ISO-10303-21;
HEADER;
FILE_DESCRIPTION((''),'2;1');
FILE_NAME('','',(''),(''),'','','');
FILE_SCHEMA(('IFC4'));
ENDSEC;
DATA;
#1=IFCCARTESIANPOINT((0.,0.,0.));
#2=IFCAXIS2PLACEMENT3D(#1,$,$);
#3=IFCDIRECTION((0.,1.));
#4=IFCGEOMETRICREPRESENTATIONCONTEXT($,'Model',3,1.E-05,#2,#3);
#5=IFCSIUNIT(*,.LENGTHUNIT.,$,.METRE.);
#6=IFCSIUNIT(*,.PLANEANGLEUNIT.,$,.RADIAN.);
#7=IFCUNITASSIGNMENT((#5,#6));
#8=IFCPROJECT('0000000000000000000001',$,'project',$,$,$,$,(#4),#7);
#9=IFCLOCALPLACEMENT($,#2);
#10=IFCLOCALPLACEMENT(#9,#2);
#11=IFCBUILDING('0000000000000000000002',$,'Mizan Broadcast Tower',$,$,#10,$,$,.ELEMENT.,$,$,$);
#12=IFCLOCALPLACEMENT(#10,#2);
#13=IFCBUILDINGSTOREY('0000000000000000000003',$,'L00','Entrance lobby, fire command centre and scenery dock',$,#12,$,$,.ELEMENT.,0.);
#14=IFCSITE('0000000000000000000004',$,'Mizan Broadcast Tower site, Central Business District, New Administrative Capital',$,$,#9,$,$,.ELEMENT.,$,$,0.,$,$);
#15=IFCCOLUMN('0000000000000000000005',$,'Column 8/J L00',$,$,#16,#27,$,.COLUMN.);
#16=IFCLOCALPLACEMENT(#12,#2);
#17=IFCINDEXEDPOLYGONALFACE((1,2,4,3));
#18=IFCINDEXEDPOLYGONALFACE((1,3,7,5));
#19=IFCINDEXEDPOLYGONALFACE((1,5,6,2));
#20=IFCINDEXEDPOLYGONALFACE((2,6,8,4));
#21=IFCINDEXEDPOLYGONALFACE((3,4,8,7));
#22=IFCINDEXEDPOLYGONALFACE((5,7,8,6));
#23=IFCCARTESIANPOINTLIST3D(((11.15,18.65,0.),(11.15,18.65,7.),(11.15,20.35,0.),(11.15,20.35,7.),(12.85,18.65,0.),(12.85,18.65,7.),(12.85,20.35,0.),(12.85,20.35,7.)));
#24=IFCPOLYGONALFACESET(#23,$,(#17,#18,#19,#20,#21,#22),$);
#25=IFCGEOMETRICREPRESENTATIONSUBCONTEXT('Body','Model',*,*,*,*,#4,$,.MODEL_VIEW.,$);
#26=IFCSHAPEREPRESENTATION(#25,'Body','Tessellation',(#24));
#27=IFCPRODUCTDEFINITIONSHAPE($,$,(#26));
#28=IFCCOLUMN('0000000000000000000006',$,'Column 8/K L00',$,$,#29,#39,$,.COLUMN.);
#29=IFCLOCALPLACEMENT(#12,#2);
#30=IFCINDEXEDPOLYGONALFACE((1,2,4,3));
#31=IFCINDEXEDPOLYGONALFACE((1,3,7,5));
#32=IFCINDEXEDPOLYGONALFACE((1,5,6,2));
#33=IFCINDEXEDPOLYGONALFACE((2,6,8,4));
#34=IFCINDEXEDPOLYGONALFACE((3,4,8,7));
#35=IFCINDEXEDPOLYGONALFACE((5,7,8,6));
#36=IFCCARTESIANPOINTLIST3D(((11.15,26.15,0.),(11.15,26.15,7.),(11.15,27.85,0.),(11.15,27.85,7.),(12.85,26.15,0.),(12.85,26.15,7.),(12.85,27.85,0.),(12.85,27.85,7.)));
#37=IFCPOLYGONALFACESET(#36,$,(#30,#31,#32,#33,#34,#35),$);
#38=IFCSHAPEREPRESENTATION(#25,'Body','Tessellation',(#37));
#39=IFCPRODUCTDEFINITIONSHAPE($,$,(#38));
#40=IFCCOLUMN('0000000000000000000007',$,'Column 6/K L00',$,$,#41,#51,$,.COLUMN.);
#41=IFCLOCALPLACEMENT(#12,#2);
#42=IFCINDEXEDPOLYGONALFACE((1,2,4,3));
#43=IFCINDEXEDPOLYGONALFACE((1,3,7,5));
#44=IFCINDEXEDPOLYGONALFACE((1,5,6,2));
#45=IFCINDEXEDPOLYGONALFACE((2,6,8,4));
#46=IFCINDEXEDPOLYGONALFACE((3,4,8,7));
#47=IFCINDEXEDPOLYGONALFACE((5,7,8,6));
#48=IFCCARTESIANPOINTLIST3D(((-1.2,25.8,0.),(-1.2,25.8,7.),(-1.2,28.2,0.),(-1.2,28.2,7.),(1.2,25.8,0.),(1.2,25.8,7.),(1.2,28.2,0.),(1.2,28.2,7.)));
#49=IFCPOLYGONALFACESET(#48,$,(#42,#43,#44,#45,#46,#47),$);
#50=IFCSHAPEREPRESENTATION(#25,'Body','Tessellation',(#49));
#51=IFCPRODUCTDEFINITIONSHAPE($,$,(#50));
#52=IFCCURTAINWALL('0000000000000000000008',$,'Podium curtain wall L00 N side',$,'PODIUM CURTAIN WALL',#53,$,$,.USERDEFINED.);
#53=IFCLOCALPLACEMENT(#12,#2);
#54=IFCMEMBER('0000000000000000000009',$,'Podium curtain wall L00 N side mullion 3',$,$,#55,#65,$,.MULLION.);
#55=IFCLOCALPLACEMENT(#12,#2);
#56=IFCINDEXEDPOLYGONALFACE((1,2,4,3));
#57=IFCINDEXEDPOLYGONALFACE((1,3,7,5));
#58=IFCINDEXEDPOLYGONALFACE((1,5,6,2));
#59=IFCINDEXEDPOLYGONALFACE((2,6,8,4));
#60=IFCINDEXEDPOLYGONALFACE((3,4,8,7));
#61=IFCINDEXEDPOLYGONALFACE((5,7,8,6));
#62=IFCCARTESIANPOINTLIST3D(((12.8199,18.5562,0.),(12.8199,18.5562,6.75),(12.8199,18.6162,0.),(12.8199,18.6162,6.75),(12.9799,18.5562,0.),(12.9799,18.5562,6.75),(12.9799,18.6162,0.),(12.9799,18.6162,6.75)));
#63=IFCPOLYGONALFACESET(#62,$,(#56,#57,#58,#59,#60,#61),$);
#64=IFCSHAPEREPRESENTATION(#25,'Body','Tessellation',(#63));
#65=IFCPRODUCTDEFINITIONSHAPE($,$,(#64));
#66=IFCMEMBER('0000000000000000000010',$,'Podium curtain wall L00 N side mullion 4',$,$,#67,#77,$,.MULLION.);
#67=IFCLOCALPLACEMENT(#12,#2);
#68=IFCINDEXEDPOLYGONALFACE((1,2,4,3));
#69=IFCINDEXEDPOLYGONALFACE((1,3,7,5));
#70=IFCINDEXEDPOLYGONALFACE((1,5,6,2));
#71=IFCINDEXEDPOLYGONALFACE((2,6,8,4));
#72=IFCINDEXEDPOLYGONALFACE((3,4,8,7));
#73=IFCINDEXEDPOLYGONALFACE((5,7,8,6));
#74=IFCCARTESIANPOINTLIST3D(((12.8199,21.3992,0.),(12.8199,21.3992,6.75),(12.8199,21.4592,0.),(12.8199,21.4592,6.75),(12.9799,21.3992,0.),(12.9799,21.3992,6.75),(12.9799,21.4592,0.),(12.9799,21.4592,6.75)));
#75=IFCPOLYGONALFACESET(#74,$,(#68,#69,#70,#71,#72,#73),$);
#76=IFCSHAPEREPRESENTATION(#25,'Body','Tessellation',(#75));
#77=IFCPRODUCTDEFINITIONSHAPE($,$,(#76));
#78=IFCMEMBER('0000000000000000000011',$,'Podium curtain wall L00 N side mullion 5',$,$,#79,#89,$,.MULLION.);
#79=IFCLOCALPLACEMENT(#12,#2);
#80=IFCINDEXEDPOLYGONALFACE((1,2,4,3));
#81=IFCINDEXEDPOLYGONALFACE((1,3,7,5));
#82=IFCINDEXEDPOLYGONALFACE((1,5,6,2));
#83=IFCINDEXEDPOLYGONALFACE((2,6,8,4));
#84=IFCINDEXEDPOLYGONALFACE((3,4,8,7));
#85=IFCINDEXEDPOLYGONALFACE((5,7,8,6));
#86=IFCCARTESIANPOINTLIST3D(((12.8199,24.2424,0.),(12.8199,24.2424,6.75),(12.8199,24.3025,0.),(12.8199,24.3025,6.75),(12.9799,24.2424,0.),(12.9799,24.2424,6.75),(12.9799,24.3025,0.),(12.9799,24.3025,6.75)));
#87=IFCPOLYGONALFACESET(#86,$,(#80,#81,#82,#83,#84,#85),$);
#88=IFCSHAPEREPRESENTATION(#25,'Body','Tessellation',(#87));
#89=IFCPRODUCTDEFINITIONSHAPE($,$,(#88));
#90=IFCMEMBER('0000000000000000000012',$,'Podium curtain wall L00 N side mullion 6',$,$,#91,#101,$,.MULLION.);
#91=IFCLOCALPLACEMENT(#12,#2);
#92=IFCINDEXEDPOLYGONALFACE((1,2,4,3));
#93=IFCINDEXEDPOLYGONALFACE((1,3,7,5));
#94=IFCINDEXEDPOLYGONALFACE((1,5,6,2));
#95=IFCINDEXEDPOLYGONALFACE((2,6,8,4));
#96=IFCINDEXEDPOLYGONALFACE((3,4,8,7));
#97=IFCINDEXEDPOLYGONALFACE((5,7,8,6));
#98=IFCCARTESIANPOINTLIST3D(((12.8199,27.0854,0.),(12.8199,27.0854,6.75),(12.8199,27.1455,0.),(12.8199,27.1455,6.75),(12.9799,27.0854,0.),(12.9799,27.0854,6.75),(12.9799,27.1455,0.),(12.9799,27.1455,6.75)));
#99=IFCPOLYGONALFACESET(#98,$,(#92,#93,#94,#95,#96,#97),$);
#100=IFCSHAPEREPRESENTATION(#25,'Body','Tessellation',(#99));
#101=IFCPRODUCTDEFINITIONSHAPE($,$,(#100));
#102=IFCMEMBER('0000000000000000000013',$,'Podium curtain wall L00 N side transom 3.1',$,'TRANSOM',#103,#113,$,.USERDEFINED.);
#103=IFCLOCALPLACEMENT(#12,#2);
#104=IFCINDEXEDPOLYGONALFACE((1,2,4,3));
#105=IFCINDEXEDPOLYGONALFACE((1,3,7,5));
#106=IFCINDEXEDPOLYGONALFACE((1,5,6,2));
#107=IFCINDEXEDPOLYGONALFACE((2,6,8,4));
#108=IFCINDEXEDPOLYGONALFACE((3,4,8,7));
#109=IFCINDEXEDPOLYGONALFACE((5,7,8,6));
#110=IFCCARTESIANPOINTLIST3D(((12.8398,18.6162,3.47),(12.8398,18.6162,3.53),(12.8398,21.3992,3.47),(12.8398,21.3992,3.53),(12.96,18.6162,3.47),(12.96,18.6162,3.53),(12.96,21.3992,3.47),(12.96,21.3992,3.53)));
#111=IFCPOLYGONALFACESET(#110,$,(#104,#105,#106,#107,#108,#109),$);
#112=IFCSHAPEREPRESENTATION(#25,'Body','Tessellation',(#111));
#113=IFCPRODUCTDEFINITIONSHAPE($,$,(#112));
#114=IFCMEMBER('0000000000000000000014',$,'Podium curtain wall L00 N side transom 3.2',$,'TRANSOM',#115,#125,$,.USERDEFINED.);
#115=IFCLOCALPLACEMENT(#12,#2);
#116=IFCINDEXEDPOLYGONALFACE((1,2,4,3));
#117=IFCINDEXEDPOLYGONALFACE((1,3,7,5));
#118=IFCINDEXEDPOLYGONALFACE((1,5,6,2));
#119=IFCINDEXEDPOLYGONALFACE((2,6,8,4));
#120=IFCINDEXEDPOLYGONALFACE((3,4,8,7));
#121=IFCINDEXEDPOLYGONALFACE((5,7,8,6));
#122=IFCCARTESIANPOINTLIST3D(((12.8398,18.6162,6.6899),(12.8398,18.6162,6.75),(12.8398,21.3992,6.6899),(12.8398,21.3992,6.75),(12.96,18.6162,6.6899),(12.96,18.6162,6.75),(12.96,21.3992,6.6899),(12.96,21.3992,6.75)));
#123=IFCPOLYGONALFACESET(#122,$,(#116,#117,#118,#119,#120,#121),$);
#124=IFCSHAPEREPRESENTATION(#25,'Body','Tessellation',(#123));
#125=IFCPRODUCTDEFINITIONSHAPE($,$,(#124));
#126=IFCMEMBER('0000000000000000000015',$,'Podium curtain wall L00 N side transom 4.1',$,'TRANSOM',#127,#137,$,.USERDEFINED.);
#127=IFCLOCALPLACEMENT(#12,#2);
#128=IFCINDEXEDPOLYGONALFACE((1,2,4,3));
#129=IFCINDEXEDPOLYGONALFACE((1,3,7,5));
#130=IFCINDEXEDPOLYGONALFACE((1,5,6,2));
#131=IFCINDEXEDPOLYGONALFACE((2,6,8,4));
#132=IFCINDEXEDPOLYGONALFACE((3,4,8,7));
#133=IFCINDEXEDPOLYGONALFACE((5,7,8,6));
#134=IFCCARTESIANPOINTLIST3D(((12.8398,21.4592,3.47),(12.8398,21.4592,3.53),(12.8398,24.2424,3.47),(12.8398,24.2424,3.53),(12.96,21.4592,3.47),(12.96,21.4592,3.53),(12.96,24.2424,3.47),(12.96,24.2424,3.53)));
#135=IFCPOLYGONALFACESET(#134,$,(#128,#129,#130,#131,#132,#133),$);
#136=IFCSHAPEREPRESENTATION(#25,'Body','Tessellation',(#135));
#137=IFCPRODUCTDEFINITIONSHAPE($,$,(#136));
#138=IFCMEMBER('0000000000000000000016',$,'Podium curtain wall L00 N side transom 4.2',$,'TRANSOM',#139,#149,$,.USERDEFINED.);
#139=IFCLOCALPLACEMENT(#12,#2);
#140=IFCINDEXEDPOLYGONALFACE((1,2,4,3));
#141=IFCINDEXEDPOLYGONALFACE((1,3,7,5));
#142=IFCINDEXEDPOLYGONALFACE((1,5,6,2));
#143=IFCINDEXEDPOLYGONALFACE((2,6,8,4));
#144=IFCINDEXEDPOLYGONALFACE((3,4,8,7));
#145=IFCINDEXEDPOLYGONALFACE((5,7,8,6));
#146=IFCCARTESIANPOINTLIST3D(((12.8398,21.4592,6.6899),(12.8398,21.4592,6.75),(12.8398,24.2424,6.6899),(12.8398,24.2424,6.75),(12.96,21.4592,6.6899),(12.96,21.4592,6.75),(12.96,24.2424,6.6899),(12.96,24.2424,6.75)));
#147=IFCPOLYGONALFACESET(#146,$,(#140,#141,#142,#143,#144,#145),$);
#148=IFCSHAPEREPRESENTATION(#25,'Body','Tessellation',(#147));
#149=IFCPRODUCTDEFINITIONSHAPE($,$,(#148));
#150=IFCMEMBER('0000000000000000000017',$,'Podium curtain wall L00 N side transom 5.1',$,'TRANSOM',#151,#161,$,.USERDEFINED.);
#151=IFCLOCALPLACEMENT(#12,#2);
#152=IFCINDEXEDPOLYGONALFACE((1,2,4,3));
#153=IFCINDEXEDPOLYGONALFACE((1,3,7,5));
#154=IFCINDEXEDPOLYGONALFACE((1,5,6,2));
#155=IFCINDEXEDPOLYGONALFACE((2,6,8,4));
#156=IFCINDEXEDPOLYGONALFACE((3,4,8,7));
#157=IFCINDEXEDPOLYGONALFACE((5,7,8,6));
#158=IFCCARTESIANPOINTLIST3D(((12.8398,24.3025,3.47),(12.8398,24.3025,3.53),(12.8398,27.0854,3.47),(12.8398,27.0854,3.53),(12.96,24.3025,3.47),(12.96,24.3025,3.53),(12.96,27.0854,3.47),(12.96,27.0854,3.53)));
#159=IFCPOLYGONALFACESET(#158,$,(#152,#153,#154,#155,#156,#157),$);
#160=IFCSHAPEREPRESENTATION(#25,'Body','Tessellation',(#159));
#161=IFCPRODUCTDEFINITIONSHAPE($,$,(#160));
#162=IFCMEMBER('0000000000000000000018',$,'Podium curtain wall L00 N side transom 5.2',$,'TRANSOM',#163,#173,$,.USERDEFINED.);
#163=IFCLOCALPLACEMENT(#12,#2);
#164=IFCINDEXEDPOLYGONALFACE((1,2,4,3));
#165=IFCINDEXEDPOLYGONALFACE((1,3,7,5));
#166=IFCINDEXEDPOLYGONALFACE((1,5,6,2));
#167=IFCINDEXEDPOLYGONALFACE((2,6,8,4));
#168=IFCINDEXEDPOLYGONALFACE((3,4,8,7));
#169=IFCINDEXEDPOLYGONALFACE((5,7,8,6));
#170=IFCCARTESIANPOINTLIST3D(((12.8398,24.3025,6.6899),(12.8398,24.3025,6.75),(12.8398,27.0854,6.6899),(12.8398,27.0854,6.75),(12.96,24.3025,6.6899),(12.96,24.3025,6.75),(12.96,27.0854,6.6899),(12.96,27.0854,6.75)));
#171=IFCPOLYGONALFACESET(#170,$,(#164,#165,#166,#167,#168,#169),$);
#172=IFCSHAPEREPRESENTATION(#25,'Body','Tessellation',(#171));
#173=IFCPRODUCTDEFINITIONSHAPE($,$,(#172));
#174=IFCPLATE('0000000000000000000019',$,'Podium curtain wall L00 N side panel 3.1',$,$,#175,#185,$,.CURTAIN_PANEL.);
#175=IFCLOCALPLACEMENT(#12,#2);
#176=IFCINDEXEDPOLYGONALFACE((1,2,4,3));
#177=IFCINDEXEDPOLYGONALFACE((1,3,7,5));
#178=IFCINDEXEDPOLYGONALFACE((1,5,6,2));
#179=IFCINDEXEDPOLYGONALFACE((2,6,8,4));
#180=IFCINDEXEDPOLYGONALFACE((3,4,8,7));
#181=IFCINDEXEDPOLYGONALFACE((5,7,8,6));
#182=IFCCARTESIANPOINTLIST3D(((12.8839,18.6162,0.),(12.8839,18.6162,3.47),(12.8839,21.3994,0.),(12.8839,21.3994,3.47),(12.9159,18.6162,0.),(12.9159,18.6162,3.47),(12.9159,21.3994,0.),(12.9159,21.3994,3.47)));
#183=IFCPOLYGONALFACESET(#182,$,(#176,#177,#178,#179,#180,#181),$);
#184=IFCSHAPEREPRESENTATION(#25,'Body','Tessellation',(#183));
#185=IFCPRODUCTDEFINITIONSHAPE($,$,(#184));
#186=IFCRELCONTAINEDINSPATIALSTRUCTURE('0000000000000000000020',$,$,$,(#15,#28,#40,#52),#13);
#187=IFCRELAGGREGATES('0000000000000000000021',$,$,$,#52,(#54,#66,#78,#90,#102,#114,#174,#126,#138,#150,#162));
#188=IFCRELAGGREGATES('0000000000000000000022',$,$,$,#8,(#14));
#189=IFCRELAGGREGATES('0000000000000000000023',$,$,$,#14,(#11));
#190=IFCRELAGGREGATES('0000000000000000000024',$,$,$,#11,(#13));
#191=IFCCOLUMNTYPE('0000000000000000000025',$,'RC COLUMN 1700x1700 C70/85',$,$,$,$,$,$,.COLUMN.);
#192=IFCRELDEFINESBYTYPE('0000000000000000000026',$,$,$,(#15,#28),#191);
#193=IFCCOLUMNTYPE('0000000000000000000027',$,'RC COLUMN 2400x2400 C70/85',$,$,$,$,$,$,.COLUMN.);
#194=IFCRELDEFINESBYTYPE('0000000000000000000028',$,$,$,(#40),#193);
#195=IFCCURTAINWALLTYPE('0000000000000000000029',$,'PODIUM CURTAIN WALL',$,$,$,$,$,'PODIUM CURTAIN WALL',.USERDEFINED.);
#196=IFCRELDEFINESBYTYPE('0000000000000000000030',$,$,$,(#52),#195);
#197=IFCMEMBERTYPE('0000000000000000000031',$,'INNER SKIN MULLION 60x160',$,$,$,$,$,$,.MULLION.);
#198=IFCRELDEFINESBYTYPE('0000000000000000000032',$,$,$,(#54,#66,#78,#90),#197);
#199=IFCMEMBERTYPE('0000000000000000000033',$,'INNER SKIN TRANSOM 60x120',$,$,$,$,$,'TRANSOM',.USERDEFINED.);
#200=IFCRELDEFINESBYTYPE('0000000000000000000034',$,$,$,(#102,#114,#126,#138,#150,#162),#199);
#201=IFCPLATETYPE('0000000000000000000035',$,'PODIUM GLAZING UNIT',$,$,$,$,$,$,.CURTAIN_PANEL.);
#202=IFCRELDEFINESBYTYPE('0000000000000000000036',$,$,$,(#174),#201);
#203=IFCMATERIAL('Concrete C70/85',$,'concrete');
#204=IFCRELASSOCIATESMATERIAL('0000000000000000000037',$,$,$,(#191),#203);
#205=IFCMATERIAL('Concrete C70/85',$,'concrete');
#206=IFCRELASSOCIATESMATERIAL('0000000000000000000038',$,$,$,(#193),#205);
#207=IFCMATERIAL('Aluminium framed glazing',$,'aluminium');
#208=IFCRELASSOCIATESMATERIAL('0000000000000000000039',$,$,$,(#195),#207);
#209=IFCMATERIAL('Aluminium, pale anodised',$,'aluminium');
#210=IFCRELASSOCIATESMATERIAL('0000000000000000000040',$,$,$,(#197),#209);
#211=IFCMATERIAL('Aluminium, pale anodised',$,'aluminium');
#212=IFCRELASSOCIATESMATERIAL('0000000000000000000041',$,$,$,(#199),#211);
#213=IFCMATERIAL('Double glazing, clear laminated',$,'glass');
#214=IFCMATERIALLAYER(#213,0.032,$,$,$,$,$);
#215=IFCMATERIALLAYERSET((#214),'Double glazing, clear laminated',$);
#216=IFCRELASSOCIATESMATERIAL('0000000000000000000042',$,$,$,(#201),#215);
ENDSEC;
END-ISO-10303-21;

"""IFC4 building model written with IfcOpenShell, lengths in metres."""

from ifc_helpers import new_model, si_unit, direction, frame, origin, origin_2d, place, context, subcontext, project, spatial, rectangle, extrude, material, layer, layer_set, material_profile, profile_set, type_object, element, aggregate, save


model = new_model("IFC4")

# Units and contexts
model_context = context("Model", 3, precision=1e-05, world=origin(), true_north=direction((0.0, 1.0)))
body_context = subcontext(model_context, "Body", "Model", "MODEL_VIEW")
ifc_project = project(units=[si_unit("LENGTHUNIT", "METRE"), si_unit("PLANEANGLEUNIT", "RADIAN")], contexts=[model_context])

# Site, building, storey
site_placement = place(None, origin())
site = spatial("IfcSite", under=ifc_project, at=site_placement, Name="Mizan Broadcast Tower site, Central Business District, New Administrative Capital", CompositionType="ELEMENT", RefElevation=0.0)
building_placement = place(site_placement, origin())
building = spatial("IfcBuilding", under=site, at=building_placement, Name="Mizan Broadcast Tower", CompositionType="ELEMENT")
storey_placement = place(building_placement, origin())
storey = spatial("IfcBuildingStorey", under=building, at=storey_placement, Name="L00", Description="Entrance lobby, fire command centre and scenery dock", CompositionType="ELEMENT", Elevation=0.0)

# Columns
ifc_material_1 = material(Name="Concrete C70/85", Category="concrete")
ifc_material_profile_1 = material_profile(ifc_material_1, rectangle(XDim=1.7, YDim=1.7, at=origin_2d()), Name="RC 1700x1700")
ifc_profile_set_1 = profile_set([ifc_material_profile_1], Name="Concrete C70/85")
column_type_1 = type_object("IfcColumnType", Name="RC COLUMN 1700x1700 C70/85", PredefinedType="COLUMN", material=ifc_profile_set_1)
for number, where, z_axis, x_axis, name in (
    (1, (12.0, 19.5, 0.0), (0.0, 0.0, 1.0), (1.0, 0.0, 0.0), "Column 8/J L00"),
    (2, (12.0, 27.0, 0.0), (0.0, 0.0, 1.0), (1.0, 0.0, 0.0), "Column 8/K L00"),
):
    element("IfcColumn", number, at=place(storey_placement, frame(where, z_axis=z_axis, x_axis=x_axis)), inside=storey, type_object=column_type_1, Name=name, PredefinedType="COLUMN", context=body_context, shape_type="SweptSolid", body=[
        extrude(rectangle(XDim=1.7, YDim=1.7, at=origin_2d()), origin(), (0.0, 0.0, 1.0), 7.0),
    ])
ifc_material_2 = material(Name="Concrete C70/85", Category="concrete")
ifc_material_profile_2 = material_profile(ifc_material_2, rectangle(XDim=2.3999, YDim=2.3999, at=origin_2d()), Name="RC 2400x2400")
ifc_profile_set_2 = profile_set([ifc_material_profile_2], Name="Concrete C70/85")
column_type_2 = type_object("IfcColumnType", Name="RC COLUMN 2400x2400 C70/85", PredefinedType="COLUMN", material=ifc_profile_set_2)
column_placement = place(storey_placement, frame((0.0, 27.0, 0.0), z_axis=(0.0, 0.0, 1.0), x_axis=(1.0, 0.0, 0.0)))
element("IfcColumn", 3, at=column_placement, inside=storey, type_object=column_type_2, Name="Column 6/K L00", PredefinedType="COLUMN", context=body_context, shape_type="SweptSolid", body=[
    extrude(rectangle(XDim=2.3999, YDim=2.3999, at=origin_2d()), origin(), (0.0, 0.0, 1.0), 7.0),
])

# Curtain wall, members, plate
ifc_material_3 = material(Name="Aluminium framed glazing", Category="aluminium")
curtain_wall_type = type_object("IfcCurtainWallType", Name="PODIUM CURTAIN WALL", ElementType="PODIUM CURTAIN WALL", PredefinedType="USERDEFINED", material=ifc_material_3)
curtain_wall_placement = place(storey_placement, origin())
curtain_wall = element("IfcCurtainWall", 4, at=curtain_wall_placement, inside=storey, type_object=curtain_wall_type, Name="Podium curtain wall L00 N side", ObjectType="PODIUM CURTAIN WALL", PredefinedType="USERDEFINED")
ifc_material_4 = material(Name="Aluminium, pale anodised", Category="aluminium")
ifc_material_profile_3 = material_profile(ifc_material_4, rectangle(XDim=0.1599, YDim=0.0601, at=origin_2d()), Name="MULLION 160x60")
ifc_profile_set_3 = profile_set([ifc_material_profile_3], Name="Aluminium, pale anodised")
member_type_1 = type_object("IfcMemberType", Name="INNER SKIN MULLION 60x160", PredefinedType="MULLION", material=ifc_profile_set_3)
member_1_placement = place(storey_placement, frame((12.8999, 18.5862, 0.0), z_axis=(0.0, 0.0, 1.0), x_axis=(-1.0, 0.0, 0.0)))
member_1 = element("IfcMember", 5, at=member_1_placement, type_object=member_type_1, Name="Podium curtain wall L00 N side mullion 3", PredefinedType="MULLION", context=body_context, shape_type="SweptSolid", body=[
    extrude(rectangle(XDim=0.1599, YDim=0.0601, at=origin_2d()), origin(), (0.0, 0.0, 1.0), 6.75),
])
member_2_placement = place(storey_placement, frame((12.8999, 21.4292, 0.0), z_axis=(0.0, 0.0, 1.0), x_axis=(-1.0, 0.0, 0.0)))
member_2 = element("IfcMember", 6, at=member_2_placement, type_object=member_type_1, Name="Podium curtain wall L00 N side mullion 4", PredefinedType="MULLION", context=body_context, shape_type="SweptSolid", body=[
    extrude(rectangle(XDim=0.1599, YDim=0.0601, at=origin_2d()), origin(), (0.0, 0.0, 1.0), 6.75),
])
member_3_placement = place(storey_placement, frame((12.8999, 24.2725, 0.0), z_axis=(0.0, 0.0, 1.0), x_axis=(-1.0, 0.0, 0.0)))
member_3 = element("IfcMember", 7, at=member_3_placement, type_object=member_type_1, Name="Podium curtain wall L00 N side mullion 5", PredefinedType="MULLION", context=body_context, shape_type="SweptSolid", body=[
    extrude(rectangle(XDim=0.1599, YDim=0.0601, at=origin_2d()), origin(), (0.0, 0.0, 1.0), 6.75),
])
member_4_placement = place(storey_placement, frame((12.8999, 27.1155, 0.0), z_axis=(0.0, 0.0, 1.0), x_axis=(-1.0, 0.0, 0.0)))
member_4 = element("IfcMember", 8, at=member_4_placement, type_object=member_type_1, Name="Podium curtain wall L00 N side mullion 6", PredefinedType="MULLION", context=body_context, shape_type="SweptSolid", body=[
    extrude(rectangle(XDim=0.1599, YDim=0.0601, at=origin_2d()), origin(), (0.0, 0.0, 1.0), 6.75),
])
ifc_material_5 = material(Name="Aluminium, pale anodised", Category="aluminium")
ifc_material_profile_4 = material_profile(ifc_material_5, rectangle(XDim=0.1201, YDim=0.0601, at=origin_2d()), Name="TRANSOM 120x60")
ifc_profile_set_4 = profile_set([ifc_material_profile_4], Name="Aluminium, pale anodised")
member_type_2 = type_object("IfcMemberType", Name="INNER SKIN TRANSOM 60x120", ElementType="TRANSOM", PredefinedType="USERDEFINED", material=ifc_profile_set_4)
member_5_placement = place(storey_placement, frame((12.8999, 18.6162, 3.5), z_axis=(0.0, 1.0, 0.0), x_axis=(-1.0, 0.0, 0.0)))
member_5 = element("IfcMember", 9, at=member_5_placement, type_object=member_type_2, Name="Podium curtain wall L00 N side transom 3.1", ObjectType="TRANSOM", PredefinedType="USERDEFINED", context=body_context, shape_type="SweptSolid", body=[
    extrude(rectangle(XDim=0.1201, YDim=0.0601, at=origin_2d()), origin(), (0.0, 0.0, 1.0), 2.783),
])
member_6_placement = place(storey_placement, frame((12.8999, 18.6162, 6.72), z_axis=(0.0, 1.0, 0.0), x_axis=(-1.0, 0.0, 0.0)))
member_6 = element("IfcMember", 10, at=member_6_placement, type_object=member_type_2, Name="Podium curtain wall L00 N side transom 3.2", ObjectType="TRANSOM", PredefinedType="USERDEFINED", context=body_context, shape_type="SweptSolid", body=[
    extrude(rectangle(XDim=0.1201, YDim=0.0601, at=origin_2d()), origin(), (0.0, 0.0, 1.0), 2.783),
])
member_7_placement = place(storey_placement, frame((12.8999, 21.4592, 3.5), z_axis=(0.0, 1.0, 0.0), x_axis=(-1.0, 0.0, 0.0)))
member_7 = element("IfcMember", 11, at=member_7_placement, type_object=member_type_2, Name="Podium curtain wall L00 N side transom 4.1", ObjectType="TRANSOM", PredefinedType="USERDEFINED", context=body_context, shape_type="SweptSolid", body=[
    extrude(rectangle(XDim=0.1201, YDim=0.0601, at=origin_2d()), origin(), (0.0, 0.0, 1.0), 2.7832),
])
member_8_placement = place(storey_placement, frame((12.8999, 21.4592, 6.72), z_axis=(0.0, 1.0, 0.0), x_axis=(-1.0, 0.0, 0.0)))
member_8 = element("IfcMember", 12, at=member_8_placement, type_object=member_type_2, Name="Podium curtain wall L00 N side transom 4.2", ObjectType="TRANSOM", PredefinedType="USERDEFINED", context=body_context, shape_type="SweptSolid", body=[
    extrude(rectangle(XDim=0.1201, YDim=0.0601, at=origin_2d()), origin(), (0.0, 0.0, 1.0), 2.7832),
])
member_9_placement = place(storey_placement, frame((12.8999, 24.3025, 3.5), z_axis=(0.0, 1.0, 0.0), x_axis=(-1.0, 0.0, 0.0)))
member_9 = element("IfcMember", 13, at=member_9_placement, type_object=member_type_2, Name="Podium curtain wall L00 N side transom 5.1", ObjectType="TRANSOM", PredefinedType="USERDEFINED", context=body_context, shape_type="SweptSolid", body=[
    extrude(rectangle(XDim=0.1201, YDim=0.0601, at=origin_2d()), origin(), (0.0, 0.0, 1.0), 2.783),
])
member_10_placement = place(storey_placement, frame((12.8999, 24.3025, 6.72), z_axis=(0.0, 1.0, 0.0), x_axis=(-1.0, 0.0, 0.0)))
member_10 = element("IfcMember", 14, at=member_10_placement, type_object=member_type_2, Name="Podium curtain wall L00 N side transom 5.2", ObjectType="TRANSOM", PredefinedType="USERDEFINED", context=body_context, shape_type="SweptSolid", body=[
    extrude(rectangle(XDim=0.1201, YDim=0.0601, at=origin_2d()), origin(), (0.0, 0.0, 1.0), 2.783),
])
ifc_material_6 = material(Name="Double glazing, clear laminated", Category="glass")
ifc_layer = layer(ifc_material_6, 0.032)
ifc_layer_set = layer_set([ifc_layer], Name="Double glazing, clear laminated")
plate_type = type_object("IfcPlateType", Name="PODIUM GLAZING UNIT", PredefinedType="CURTAIN_PANEL", material=ifc_layer_set)
plate_1_placement = place(storey_placement, frame((12.8999, 20.0078, 0.0), z_axis=(0.0, 0.0, 1.0), x_axis=(0.0, 1.0, 0.0)))
plate_1 = element("IfcPlate", 15, at=plate_1_placement, type_object=plate_type, Name="Podium curtain wall L00 N side panel 3.1", PredefinedType="CURTAIN_PANEL", context=body_context, shape_type="SweptSolid", body=[
    extrude(rectangle(XDim=2.7832, YDim=0.032, at=origin_2d()), origin(), (0.0, 0.0, 1.0), 3.47),
])
aggregate(curtain_wall, [member_1, member_2, member_3, member_4, member_5, member_6, plate_1, member_7, member_8, member_9, member_10])

save(model, "model.ifc")
